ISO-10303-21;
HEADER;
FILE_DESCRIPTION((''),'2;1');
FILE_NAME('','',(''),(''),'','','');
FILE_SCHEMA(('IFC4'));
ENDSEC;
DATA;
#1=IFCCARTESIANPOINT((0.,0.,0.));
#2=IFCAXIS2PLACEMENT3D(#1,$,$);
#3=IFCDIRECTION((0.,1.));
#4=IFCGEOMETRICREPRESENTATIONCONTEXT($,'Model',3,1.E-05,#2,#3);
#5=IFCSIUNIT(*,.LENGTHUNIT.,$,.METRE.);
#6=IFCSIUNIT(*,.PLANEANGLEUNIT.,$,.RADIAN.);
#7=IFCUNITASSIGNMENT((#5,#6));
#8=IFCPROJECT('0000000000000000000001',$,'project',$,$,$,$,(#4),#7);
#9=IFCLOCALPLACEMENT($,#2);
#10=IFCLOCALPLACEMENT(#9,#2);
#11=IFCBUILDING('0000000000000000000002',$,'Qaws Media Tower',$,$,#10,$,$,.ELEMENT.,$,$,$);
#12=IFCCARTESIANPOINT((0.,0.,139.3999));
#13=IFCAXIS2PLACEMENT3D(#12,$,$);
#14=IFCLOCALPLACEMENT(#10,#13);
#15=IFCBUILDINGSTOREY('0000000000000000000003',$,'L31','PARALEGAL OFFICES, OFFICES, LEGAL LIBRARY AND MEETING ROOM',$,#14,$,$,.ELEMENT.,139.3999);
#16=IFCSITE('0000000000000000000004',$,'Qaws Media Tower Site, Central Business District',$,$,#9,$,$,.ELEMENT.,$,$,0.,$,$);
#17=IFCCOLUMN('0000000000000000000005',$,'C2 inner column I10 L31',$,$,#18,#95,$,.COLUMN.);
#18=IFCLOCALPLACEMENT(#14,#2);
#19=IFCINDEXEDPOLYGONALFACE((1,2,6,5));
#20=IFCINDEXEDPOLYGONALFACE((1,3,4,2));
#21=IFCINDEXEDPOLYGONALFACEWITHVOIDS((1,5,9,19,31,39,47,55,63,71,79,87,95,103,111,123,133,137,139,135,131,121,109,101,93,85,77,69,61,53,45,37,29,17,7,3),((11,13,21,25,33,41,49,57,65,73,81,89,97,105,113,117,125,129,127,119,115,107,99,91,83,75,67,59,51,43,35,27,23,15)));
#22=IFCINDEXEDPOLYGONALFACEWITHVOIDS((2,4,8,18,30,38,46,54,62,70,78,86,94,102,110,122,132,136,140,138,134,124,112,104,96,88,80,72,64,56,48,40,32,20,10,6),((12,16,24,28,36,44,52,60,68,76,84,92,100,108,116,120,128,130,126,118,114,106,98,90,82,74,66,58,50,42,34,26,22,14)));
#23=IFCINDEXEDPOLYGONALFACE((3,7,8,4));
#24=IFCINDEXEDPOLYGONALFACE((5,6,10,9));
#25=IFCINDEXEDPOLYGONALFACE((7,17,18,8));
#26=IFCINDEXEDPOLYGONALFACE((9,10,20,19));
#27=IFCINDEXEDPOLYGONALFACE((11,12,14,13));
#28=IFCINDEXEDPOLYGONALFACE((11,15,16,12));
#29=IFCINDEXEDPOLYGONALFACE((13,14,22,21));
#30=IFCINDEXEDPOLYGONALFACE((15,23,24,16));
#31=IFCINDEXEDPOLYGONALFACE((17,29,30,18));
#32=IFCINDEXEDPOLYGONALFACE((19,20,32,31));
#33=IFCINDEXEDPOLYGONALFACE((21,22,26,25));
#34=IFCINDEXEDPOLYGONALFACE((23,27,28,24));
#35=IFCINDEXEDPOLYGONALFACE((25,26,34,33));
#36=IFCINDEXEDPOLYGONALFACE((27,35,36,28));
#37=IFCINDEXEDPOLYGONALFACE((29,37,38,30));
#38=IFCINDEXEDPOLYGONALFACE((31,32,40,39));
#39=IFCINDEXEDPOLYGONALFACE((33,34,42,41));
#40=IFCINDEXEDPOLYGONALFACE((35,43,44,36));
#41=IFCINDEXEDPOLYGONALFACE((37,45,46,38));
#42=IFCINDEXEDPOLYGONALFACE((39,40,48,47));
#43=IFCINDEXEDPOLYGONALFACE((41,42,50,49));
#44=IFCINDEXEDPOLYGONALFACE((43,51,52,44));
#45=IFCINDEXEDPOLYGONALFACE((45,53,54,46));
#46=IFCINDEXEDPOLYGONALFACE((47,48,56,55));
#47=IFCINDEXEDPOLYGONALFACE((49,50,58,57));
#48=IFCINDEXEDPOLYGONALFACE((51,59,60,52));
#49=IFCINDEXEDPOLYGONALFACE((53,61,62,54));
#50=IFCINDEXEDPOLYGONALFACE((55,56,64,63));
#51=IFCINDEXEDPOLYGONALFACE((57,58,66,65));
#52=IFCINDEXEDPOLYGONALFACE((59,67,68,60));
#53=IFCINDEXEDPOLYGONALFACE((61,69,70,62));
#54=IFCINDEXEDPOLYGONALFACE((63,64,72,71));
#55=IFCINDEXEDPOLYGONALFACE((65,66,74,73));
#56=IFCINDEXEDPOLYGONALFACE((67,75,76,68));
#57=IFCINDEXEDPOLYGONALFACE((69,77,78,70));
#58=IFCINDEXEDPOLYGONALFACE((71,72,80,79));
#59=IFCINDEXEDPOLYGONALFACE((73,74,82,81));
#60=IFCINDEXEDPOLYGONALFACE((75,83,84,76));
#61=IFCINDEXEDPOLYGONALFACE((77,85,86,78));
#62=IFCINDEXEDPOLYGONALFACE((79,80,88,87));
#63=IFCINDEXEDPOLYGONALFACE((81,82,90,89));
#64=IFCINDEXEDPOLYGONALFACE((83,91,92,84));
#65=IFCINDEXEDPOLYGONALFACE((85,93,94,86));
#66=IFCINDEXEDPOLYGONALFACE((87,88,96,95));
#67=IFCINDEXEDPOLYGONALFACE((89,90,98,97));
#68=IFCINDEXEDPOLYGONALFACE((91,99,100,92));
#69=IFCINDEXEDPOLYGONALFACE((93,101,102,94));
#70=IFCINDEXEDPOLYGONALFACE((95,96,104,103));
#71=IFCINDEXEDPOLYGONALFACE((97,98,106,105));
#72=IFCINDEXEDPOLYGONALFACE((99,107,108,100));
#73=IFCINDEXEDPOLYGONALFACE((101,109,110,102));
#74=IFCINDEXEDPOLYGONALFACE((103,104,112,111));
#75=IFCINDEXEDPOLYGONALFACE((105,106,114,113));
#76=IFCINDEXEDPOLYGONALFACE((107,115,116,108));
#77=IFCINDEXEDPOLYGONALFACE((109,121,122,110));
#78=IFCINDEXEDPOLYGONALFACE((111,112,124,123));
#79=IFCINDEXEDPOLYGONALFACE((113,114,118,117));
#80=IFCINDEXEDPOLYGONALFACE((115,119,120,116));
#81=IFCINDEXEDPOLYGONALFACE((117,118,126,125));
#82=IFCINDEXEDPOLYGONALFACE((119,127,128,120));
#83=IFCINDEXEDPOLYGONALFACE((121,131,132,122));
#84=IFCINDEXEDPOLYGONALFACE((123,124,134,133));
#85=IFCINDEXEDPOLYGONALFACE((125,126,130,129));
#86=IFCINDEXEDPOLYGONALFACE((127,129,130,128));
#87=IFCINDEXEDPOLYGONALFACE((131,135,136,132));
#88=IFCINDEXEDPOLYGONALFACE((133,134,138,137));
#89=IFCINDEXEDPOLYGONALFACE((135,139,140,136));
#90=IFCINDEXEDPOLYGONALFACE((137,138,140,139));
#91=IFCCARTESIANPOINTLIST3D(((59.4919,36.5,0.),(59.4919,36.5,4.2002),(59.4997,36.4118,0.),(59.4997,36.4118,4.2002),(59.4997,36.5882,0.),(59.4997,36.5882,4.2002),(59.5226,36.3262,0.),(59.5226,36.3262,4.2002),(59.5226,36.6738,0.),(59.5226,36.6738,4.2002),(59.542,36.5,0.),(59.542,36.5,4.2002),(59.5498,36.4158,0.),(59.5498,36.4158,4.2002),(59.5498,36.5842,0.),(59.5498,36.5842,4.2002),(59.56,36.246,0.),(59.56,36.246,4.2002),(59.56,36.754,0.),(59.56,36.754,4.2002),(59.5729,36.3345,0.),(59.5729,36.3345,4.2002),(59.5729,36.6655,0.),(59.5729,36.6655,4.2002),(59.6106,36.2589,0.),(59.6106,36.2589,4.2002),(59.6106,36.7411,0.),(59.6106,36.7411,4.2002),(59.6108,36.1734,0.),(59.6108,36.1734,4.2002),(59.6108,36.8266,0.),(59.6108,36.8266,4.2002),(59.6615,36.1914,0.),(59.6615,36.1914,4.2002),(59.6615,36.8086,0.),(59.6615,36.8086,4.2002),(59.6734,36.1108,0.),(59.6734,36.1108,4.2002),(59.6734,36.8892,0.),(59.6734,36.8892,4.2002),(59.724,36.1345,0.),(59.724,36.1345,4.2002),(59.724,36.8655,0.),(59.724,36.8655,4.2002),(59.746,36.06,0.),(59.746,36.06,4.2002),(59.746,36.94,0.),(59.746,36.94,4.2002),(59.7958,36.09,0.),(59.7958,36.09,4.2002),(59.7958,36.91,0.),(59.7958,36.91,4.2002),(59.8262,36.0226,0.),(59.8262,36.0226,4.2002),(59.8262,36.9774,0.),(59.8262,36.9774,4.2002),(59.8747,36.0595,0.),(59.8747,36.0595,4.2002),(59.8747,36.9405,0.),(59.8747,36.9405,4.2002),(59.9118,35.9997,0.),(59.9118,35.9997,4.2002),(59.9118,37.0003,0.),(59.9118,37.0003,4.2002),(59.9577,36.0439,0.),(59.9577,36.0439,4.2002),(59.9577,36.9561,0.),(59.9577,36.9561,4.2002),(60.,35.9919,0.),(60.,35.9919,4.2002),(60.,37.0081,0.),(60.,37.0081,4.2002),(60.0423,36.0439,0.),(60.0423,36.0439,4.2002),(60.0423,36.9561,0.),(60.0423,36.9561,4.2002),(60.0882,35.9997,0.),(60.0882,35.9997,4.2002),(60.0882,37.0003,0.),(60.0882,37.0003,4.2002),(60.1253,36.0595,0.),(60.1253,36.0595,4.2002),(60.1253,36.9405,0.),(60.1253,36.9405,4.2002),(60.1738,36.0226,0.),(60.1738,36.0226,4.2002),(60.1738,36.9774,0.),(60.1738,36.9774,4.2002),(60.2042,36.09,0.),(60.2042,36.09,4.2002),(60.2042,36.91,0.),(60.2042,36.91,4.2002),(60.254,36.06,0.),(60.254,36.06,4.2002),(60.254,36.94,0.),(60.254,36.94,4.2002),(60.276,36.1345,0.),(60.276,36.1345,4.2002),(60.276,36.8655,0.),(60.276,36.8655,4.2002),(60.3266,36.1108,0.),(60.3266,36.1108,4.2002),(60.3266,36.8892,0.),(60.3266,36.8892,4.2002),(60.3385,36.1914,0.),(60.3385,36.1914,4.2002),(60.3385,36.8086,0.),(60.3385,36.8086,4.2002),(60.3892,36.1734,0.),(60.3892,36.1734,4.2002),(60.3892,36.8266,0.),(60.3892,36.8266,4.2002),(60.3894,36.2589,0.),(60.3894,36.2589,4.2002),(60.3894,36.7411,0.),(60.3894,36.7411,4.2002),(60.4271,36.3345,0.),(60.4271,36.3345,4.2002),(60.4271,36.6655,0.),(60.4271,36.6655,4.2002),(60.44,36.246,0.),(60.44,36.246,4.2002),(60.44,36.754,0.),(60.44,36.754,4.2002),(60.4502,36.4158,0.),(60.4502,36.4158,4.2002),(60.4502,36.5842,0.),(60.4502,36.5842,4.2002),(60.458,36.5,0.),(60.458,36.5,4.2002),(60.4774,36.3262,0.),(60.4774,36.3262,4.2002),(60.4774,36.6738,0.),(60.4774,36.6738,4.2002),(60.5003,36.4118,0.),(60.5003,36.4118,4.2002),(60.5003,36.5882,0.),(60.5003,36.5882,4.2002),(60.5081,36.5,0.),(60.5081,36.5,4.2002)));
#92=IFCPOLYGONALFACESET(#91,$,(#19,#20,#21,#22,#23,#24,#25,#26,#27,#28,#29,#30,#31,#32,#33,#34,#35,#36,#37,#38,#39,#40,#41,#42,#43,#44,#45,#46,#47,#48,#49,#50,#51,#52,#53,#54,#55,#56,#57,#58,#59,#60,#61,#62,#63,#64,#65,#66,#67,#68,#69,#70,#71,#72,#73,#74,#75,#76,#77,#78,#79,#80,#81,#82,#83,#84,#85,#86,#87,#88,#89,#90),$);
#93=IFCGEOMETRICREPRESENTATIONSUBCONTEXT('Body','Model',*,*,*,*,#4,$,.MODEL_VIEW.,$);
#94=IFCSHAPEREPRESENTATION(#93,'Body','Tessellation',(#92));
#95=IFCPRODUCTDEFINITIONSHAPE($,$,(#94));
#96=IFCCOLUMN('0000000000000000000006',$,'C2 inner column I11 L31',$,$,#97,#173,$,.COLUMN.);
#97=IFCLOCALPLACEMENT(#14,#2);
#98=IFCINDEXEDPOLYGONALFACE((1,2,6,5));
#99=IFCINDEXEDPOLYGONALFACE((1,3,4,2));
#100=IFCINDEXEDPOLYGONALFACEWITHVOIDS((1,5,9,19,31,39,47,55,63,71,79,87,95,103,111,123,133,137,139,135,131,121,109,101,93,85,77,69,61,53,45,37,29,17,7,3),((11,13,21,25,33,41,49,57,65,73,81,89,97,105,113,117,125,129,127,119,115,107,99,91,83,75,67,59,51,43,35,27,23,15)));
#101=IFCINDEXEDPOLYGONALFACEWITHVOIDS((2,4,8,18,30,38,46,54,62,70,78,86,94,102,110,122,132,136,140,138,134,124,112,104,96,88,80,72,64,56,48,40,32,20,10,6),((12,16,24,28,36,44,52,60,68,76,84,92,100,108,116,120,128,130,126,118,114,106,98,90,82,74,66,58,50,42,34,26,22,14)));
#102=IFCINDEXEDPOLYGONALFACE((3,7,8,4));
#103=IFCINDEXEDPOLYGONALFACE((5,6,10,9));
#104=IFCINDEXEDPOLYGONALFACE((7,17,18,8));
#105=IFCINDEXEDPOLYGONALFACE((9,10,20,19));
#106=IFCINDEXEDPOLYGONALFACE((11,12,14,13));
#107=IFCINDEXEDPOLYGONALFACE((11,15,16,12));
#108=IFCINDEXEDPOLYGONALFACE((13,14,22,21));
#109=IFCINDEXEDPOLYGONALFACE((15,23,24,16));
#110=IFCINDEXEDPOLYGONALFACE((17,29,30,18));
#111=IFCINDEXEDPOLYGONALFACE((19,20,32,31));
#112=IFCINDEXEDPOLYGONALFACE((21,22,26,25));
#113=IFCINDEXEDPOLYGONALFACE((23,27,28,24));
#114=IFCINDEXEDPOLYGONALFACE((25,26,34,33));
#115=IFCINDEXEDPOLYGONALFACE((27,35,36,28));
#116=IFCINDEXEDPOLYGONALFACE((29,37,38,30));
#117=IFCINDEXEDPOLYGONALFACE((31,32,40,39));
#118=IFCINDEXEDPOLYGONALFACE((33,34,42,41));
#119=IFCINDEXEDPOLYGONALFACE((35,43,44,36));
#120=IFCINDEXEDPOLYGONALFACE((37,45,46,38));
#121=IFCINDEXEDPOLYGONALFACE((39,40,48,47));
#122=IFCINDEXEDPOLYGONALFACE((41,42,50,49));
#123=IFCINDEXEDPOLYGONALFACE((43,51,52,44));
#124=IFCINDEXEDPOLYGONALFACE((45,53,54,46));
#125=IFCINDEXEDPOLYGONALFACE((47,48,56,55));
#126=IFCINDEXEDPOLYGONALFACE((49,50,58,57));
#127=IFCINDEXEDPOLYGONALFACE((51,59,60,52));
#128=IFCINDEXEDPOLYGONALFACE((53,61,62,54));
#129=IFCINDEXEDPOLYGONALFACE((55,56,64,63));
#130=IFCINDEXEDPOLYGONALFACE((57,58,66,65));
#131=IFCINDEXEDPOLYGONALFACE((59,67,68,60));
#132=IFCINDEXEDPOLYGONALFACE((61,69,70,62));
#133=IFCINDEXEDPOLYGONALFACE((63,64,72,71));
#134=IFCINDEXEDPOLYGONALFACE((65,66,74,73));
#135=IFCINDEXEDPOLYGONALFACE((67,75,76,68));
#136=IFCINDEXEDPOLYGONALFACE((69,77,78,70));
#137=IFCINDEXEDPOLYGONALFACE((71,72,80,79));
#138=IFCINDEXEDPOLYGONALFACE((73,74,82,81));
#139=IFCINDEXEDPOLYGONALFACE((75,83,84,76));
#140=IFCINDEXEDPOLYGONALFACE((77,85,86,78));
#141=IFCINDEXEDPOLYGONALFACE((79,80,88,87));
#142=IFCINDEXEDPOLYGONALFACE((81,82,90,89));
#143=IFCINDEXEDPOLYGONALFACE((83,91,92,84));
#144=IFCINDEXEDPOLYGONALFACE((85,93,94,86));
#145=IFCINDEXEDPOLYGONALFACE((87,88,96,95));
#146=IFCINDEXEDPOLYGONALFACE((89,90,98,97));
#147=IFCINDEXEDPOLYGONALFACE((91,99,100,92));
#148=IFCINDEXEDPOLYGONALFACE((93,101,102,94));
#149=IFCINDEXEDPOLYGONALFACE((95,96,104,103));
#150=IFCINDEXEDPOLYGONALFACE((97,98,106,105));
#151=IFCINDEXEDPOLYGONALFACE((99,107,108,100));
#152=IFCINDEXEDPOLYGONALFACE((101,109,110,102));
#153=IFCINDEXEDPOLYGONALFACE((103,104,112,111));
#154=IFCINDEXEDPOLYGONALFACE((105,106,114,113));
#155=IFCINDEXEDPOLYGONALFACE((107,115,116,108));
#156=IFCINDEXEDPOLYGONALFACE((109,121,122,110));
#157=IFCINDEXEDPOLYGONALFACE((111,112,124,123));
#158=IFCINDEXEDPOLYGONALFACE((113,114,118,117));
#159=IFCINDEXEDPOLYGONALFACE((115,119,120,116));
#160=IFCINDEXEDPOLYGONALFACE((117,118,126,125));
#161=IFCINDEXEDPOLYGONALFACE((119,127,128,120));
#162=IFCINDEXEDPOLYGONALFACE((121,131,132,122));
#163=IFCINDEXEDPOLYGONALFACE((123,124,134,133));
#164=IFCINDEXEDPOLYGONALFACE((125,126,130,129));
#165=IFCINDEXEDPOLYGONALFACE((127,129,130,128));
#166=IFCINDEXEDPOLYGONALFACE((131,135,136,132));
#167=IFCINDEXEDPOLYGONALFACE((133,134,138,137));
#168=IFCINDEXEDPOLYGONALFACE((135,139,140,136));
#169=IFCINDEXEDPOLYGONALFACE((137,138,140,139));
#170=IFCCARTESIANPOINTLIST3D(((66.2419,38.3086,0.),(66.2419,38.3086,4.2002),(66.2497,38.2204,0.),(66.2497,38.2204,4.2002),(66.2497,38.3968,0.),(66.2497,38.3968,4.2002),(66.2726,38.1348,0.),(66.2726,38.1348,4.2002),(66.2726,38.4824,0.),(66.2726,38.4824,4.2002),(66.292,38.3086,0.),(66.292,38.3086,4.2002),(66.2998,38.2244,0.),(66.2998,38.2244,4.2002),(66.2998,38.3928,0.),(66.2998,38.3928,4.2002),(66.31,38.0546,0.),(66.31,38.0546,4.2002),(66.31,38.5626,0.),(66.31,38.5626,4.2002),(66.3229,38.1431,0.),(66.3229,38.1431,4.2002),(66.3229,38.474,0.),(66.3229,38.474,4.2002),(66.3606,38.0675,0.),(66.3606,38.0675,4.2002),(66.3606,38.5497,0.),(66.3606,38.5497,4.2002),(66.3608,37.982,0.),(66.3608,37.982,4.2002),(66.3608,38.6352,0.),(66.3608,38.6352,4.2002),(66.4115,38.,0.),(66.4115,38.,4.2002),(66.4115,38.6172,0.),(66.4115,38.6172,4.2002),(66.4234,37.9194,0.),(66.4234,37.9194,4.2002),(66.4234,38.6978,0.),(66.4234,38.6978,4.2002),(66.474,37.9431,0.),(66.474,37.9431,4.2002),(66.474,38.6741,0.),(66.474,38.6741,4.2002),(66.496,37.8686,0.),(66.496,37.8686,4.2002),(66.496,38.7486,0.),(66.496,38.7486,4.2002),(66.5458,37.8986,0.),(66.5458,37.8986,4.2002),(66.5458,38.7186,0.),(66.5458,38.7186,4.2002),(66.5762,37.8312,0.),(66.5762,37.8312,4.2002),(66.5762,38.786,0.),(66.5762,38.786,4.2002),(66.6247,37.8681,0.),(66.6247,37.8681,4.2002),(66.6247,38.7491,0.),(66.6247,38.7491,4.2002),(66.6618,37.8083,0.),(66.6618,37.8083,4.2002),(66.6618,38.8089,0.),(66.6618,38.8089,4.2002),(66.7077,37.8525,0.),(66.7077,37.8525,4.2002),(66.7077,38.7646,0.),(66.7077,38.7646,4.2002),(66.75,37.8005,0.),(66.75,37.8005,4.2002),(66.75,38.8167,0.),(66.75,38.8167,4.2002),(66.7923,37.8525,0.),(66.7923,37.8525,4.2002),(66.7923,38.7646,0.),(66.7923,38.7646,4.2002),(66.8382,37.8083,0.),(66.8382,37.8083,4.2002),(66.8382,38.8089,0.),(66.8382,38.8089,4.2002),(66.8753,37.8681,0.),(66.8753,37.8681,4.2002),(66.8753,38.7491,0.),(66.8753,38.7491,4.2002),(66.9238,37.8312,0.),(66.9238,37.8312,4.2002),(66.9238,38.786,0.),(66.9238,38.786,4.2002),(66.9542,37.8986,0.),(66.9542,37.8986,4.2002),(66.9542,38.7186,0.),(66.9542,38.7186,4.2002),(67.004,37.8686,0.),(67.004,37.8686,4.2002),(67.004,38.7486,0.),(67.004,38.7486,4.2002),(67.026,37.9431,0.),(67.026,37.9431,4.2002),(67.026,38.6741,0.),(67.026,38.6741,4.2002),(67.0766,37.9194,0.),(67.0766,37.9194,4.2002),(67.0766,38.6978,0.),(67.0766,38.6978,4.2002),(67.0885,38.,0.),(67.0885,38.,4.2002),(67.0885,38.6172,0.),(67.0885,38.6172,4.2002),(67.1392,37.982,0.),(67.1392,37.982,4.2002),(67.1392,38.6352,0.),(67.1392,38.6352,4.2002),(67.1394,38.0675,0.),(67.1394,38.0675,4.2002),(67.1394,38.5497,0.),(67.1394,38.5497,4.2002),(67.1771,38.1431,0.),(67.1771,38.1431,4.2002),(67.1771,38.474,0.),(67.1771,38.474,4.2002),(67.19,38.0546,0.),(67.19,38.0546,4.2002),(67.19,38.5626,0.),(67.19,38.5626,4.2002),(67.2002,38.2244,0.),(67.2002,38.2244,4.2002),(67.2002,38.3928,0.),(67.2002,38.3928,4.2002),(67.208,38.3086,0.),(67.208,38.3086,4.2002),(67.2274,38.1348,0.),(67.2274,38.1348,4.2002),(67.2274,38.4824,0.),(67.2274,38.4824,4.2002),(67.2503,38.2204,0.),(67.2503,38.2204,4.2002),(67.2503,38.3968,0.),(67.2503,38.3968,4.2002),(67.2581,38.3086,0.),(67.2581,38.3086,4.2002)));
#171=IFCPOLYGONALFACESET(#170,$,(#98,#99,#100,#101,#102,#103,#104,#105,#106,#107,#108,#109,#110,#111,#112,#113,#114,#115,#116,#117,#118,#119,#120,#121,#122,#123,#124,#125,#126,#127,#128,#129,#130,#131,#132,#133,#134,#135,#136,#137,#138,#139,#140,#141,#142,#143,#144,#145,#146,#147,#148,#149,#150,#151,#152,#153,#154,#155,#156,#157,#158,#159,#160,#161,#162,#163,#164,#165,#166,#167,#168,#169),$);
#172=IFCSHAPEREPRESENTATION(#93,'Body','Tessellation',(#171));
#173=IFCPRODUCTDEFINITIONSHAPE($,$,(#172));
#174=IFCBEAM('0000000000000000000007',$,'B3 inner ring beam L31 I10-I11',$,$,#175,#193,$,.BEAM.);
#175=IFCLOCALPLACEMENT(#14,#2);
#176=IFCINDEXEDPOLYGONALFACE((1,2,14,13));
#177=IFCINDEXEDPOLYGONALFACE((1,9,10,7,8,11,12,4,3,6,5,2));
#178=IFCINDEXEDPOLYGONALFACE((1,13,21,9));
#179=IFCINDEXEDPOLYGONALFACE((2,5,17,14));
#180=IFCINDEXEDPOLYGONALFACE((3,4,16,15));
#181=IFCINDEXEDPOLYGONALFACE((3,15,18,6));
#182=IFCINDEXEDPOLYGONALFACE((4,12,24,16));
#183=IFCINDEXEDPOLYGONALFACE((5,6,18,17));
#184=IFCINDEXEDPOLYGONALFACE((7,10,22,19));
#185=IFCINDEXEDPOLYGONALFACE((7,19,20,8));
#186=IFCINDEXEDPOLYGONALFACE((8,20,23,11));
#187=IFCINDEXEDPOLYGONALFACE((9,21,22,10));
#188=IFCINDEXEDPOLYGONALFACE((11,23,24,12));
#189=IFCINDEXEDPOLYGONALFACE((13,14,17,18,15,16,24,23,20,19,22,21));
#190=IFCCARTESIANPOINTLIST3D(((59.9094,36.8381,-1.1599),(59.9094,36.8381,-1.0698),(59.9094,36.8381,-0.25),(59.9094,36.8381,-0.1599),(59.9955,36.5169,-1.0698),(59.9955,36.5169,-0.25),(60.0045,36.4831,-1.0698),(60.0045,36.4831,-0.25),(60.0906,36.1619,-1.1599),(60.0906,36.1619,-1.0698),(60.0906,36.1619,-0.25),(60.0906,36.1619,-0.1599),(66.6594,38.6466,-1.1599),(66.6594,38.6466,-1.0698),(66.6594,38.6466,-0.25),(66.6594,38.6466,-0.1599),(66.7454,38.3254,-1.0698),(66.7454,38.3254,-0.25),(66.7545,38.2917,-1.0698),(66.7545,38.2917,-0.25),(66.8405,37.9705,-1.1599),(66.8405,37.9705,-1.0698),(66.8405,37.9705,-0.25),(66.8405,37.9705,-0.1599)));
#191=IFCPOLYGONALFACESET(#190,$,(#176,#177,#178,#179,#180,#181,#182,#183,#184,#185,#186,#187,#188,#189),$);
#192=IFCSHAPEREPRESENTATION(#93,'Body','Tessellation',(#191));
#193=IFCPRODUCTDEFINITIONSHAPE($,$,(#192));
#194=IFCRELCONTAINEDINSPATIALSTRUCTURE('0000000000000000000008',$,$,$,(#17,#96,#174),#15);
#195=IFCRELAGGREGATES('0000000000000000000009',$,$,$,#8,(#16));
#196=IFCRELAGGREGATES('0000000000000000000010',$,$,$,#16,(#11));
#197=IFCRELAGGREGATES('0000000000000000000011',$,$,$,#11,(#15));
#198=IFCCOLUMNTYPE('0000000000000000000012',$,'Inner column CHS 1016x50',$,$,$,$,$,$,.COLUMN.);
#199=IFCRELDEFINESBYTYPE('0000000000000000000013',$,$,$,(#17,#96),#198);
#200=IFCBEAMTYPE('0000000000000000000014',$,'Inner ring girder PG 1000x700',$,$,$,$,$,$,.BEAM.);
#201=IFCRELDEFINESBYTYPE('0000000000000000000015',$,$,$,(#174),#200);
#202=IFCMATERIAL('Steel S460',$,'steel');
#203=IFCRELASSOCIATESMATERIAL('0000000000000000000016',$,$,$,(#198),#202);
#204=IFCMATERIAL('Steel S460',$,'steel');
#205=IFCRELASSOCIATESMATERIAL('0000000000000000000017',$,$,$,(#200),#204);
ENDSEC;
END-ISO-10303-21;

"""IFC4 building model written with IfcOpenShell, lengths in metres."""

from ifc_helpers import new_model, si_unit, direction, frame, origin, origin_2d, place, context, subcontext, project, spatial, hollow_circle, i_section, extrude, material, material_profile, profile_set, type_object, element, save


model = new_model("IFC4")

# Units and contexts
model_context = context("Model", 3, precision=1e-05, world=origin(), true_north=direction((0.0, 1.0)))
body_context = subcontext(model_context, "Body", "Model", "MODEL_VIEW")
ifc_project = project(units=[si_unit("LENGTHUNIT", "METRE"), si_unit("PLANEANGLEUNIT", "RADIAN")], contexts=[model_context])

# Site, building, storey
site_placement = place(None, origin())
site = spatial("IfcSite", under=ifc_project, at=site_placement, Name="Qaws Media Tower Site, Central Business District", CompositionType="ELEMENT", RefElevation=0.0)
building_placement = place(site_placement, origin())
building = spatial("IfcBuilding", under=site, at=building_placement, Name="Qaws Media Tower", CompositionType="ELEMENT")
storey_placement = place(building_placement, frame((0.0, 0.0, 139.3999)))
storey = spatial("IfcBuildingStorey", under=building, at=storey_placement, Name="L31", Description="PARALEGAL OFFICES, OFFICES, LEGAL LIBRARY AND MEETING ROOM", CompositionType="ELEMENT", Elevation=139.3999)

# Columns
ifc_material_1 = material(Name="Steel S460", Category="steel")
ifc_material_profile_1 = material_profile(ifc_material_1, hollow_circle(Radius=0.5081, WallThickness=0.05, at=origin_2d()), Name="CHS 1016x50")
ifc_profile_set_1 = profile_set([ifc_material_profile_1], Name="Steel S460")
column_type = type_object("IfcColumnType", Name="Inner column CHS 1016x50", PredefinedType="COLUMN", material=ifc_profile_set_1)
for number, where, z_axis, x_axis, name in (
    (1, (60.0, 36.5, 0.0), (0.0, 0.0, 1.0), (1.0, 0.0, 0.0), "C2 inner column I10 L31"),
    (2, (66.75, 38.3086, 0.0), (0.0, 0.0, 1.0), (1.0, 0.0, 0.0), "C2 inner column I11 L31"),
):
    element("IfcColumn", number, at=place(storey_placement, frame(where, z_axis=z_axis, x_axis=x_axis)), inside=storey, type_object=column_type, Name=name, PredefinedType="COLUMN", context=body_context, shape_type="SweptSolid", body=[
        extrude(hollow_circle(Radius=0.5081, WallThickness=0.05, at=origin_2d()), origin(), (0.0, 0.0, 1.0), 4.2002),
    ])

# Beam
ifc_material_2 = material(Name="Steel S460", Category="steel")
ifc_material_profile_2 = material_profile(ifc_material_2, i_section(OverallWidth=0.7, OverallDepth=1.0, WebThickness=0.0349, FlangeThickness=0.0901, at=origin_2d()), Name="PG 1000x700")
ifc_profile_set_2 = profile_set([ifc_material_profile_2], Name="Steel S460")
beam_type_1 = type_object("IfcBeamType", Name="Inner ring girder PG 1000x700", PredefinedType="BEAM", material=ifc_profile_set_2)
beam_1_placement = place(storey_placement, frame((60.0, 36.5, -0.6599), z_axis=(0.965928, 0.258811, 0.0), x_axis=(-0.258811, 0.965928, 0.0)))
element("IfcBeam", 3, at=beam_1_placement, inside=storey, type_object=beam_type_1, Name="B3 inner ring beam L31 I10-I11", PredefinedType="BEAM", context=body_context, shape_type="SweptSolid", body=[
    extrude(i_section(OverallWidth=0.7, OverallDepth=1.0, WebThickness=0.0349, FlangeThickness=0.0901, at=origin_2d()), origin(), (0.0, 0.0, 1.0), 6.988),
])

save(model, "model.ifc")
